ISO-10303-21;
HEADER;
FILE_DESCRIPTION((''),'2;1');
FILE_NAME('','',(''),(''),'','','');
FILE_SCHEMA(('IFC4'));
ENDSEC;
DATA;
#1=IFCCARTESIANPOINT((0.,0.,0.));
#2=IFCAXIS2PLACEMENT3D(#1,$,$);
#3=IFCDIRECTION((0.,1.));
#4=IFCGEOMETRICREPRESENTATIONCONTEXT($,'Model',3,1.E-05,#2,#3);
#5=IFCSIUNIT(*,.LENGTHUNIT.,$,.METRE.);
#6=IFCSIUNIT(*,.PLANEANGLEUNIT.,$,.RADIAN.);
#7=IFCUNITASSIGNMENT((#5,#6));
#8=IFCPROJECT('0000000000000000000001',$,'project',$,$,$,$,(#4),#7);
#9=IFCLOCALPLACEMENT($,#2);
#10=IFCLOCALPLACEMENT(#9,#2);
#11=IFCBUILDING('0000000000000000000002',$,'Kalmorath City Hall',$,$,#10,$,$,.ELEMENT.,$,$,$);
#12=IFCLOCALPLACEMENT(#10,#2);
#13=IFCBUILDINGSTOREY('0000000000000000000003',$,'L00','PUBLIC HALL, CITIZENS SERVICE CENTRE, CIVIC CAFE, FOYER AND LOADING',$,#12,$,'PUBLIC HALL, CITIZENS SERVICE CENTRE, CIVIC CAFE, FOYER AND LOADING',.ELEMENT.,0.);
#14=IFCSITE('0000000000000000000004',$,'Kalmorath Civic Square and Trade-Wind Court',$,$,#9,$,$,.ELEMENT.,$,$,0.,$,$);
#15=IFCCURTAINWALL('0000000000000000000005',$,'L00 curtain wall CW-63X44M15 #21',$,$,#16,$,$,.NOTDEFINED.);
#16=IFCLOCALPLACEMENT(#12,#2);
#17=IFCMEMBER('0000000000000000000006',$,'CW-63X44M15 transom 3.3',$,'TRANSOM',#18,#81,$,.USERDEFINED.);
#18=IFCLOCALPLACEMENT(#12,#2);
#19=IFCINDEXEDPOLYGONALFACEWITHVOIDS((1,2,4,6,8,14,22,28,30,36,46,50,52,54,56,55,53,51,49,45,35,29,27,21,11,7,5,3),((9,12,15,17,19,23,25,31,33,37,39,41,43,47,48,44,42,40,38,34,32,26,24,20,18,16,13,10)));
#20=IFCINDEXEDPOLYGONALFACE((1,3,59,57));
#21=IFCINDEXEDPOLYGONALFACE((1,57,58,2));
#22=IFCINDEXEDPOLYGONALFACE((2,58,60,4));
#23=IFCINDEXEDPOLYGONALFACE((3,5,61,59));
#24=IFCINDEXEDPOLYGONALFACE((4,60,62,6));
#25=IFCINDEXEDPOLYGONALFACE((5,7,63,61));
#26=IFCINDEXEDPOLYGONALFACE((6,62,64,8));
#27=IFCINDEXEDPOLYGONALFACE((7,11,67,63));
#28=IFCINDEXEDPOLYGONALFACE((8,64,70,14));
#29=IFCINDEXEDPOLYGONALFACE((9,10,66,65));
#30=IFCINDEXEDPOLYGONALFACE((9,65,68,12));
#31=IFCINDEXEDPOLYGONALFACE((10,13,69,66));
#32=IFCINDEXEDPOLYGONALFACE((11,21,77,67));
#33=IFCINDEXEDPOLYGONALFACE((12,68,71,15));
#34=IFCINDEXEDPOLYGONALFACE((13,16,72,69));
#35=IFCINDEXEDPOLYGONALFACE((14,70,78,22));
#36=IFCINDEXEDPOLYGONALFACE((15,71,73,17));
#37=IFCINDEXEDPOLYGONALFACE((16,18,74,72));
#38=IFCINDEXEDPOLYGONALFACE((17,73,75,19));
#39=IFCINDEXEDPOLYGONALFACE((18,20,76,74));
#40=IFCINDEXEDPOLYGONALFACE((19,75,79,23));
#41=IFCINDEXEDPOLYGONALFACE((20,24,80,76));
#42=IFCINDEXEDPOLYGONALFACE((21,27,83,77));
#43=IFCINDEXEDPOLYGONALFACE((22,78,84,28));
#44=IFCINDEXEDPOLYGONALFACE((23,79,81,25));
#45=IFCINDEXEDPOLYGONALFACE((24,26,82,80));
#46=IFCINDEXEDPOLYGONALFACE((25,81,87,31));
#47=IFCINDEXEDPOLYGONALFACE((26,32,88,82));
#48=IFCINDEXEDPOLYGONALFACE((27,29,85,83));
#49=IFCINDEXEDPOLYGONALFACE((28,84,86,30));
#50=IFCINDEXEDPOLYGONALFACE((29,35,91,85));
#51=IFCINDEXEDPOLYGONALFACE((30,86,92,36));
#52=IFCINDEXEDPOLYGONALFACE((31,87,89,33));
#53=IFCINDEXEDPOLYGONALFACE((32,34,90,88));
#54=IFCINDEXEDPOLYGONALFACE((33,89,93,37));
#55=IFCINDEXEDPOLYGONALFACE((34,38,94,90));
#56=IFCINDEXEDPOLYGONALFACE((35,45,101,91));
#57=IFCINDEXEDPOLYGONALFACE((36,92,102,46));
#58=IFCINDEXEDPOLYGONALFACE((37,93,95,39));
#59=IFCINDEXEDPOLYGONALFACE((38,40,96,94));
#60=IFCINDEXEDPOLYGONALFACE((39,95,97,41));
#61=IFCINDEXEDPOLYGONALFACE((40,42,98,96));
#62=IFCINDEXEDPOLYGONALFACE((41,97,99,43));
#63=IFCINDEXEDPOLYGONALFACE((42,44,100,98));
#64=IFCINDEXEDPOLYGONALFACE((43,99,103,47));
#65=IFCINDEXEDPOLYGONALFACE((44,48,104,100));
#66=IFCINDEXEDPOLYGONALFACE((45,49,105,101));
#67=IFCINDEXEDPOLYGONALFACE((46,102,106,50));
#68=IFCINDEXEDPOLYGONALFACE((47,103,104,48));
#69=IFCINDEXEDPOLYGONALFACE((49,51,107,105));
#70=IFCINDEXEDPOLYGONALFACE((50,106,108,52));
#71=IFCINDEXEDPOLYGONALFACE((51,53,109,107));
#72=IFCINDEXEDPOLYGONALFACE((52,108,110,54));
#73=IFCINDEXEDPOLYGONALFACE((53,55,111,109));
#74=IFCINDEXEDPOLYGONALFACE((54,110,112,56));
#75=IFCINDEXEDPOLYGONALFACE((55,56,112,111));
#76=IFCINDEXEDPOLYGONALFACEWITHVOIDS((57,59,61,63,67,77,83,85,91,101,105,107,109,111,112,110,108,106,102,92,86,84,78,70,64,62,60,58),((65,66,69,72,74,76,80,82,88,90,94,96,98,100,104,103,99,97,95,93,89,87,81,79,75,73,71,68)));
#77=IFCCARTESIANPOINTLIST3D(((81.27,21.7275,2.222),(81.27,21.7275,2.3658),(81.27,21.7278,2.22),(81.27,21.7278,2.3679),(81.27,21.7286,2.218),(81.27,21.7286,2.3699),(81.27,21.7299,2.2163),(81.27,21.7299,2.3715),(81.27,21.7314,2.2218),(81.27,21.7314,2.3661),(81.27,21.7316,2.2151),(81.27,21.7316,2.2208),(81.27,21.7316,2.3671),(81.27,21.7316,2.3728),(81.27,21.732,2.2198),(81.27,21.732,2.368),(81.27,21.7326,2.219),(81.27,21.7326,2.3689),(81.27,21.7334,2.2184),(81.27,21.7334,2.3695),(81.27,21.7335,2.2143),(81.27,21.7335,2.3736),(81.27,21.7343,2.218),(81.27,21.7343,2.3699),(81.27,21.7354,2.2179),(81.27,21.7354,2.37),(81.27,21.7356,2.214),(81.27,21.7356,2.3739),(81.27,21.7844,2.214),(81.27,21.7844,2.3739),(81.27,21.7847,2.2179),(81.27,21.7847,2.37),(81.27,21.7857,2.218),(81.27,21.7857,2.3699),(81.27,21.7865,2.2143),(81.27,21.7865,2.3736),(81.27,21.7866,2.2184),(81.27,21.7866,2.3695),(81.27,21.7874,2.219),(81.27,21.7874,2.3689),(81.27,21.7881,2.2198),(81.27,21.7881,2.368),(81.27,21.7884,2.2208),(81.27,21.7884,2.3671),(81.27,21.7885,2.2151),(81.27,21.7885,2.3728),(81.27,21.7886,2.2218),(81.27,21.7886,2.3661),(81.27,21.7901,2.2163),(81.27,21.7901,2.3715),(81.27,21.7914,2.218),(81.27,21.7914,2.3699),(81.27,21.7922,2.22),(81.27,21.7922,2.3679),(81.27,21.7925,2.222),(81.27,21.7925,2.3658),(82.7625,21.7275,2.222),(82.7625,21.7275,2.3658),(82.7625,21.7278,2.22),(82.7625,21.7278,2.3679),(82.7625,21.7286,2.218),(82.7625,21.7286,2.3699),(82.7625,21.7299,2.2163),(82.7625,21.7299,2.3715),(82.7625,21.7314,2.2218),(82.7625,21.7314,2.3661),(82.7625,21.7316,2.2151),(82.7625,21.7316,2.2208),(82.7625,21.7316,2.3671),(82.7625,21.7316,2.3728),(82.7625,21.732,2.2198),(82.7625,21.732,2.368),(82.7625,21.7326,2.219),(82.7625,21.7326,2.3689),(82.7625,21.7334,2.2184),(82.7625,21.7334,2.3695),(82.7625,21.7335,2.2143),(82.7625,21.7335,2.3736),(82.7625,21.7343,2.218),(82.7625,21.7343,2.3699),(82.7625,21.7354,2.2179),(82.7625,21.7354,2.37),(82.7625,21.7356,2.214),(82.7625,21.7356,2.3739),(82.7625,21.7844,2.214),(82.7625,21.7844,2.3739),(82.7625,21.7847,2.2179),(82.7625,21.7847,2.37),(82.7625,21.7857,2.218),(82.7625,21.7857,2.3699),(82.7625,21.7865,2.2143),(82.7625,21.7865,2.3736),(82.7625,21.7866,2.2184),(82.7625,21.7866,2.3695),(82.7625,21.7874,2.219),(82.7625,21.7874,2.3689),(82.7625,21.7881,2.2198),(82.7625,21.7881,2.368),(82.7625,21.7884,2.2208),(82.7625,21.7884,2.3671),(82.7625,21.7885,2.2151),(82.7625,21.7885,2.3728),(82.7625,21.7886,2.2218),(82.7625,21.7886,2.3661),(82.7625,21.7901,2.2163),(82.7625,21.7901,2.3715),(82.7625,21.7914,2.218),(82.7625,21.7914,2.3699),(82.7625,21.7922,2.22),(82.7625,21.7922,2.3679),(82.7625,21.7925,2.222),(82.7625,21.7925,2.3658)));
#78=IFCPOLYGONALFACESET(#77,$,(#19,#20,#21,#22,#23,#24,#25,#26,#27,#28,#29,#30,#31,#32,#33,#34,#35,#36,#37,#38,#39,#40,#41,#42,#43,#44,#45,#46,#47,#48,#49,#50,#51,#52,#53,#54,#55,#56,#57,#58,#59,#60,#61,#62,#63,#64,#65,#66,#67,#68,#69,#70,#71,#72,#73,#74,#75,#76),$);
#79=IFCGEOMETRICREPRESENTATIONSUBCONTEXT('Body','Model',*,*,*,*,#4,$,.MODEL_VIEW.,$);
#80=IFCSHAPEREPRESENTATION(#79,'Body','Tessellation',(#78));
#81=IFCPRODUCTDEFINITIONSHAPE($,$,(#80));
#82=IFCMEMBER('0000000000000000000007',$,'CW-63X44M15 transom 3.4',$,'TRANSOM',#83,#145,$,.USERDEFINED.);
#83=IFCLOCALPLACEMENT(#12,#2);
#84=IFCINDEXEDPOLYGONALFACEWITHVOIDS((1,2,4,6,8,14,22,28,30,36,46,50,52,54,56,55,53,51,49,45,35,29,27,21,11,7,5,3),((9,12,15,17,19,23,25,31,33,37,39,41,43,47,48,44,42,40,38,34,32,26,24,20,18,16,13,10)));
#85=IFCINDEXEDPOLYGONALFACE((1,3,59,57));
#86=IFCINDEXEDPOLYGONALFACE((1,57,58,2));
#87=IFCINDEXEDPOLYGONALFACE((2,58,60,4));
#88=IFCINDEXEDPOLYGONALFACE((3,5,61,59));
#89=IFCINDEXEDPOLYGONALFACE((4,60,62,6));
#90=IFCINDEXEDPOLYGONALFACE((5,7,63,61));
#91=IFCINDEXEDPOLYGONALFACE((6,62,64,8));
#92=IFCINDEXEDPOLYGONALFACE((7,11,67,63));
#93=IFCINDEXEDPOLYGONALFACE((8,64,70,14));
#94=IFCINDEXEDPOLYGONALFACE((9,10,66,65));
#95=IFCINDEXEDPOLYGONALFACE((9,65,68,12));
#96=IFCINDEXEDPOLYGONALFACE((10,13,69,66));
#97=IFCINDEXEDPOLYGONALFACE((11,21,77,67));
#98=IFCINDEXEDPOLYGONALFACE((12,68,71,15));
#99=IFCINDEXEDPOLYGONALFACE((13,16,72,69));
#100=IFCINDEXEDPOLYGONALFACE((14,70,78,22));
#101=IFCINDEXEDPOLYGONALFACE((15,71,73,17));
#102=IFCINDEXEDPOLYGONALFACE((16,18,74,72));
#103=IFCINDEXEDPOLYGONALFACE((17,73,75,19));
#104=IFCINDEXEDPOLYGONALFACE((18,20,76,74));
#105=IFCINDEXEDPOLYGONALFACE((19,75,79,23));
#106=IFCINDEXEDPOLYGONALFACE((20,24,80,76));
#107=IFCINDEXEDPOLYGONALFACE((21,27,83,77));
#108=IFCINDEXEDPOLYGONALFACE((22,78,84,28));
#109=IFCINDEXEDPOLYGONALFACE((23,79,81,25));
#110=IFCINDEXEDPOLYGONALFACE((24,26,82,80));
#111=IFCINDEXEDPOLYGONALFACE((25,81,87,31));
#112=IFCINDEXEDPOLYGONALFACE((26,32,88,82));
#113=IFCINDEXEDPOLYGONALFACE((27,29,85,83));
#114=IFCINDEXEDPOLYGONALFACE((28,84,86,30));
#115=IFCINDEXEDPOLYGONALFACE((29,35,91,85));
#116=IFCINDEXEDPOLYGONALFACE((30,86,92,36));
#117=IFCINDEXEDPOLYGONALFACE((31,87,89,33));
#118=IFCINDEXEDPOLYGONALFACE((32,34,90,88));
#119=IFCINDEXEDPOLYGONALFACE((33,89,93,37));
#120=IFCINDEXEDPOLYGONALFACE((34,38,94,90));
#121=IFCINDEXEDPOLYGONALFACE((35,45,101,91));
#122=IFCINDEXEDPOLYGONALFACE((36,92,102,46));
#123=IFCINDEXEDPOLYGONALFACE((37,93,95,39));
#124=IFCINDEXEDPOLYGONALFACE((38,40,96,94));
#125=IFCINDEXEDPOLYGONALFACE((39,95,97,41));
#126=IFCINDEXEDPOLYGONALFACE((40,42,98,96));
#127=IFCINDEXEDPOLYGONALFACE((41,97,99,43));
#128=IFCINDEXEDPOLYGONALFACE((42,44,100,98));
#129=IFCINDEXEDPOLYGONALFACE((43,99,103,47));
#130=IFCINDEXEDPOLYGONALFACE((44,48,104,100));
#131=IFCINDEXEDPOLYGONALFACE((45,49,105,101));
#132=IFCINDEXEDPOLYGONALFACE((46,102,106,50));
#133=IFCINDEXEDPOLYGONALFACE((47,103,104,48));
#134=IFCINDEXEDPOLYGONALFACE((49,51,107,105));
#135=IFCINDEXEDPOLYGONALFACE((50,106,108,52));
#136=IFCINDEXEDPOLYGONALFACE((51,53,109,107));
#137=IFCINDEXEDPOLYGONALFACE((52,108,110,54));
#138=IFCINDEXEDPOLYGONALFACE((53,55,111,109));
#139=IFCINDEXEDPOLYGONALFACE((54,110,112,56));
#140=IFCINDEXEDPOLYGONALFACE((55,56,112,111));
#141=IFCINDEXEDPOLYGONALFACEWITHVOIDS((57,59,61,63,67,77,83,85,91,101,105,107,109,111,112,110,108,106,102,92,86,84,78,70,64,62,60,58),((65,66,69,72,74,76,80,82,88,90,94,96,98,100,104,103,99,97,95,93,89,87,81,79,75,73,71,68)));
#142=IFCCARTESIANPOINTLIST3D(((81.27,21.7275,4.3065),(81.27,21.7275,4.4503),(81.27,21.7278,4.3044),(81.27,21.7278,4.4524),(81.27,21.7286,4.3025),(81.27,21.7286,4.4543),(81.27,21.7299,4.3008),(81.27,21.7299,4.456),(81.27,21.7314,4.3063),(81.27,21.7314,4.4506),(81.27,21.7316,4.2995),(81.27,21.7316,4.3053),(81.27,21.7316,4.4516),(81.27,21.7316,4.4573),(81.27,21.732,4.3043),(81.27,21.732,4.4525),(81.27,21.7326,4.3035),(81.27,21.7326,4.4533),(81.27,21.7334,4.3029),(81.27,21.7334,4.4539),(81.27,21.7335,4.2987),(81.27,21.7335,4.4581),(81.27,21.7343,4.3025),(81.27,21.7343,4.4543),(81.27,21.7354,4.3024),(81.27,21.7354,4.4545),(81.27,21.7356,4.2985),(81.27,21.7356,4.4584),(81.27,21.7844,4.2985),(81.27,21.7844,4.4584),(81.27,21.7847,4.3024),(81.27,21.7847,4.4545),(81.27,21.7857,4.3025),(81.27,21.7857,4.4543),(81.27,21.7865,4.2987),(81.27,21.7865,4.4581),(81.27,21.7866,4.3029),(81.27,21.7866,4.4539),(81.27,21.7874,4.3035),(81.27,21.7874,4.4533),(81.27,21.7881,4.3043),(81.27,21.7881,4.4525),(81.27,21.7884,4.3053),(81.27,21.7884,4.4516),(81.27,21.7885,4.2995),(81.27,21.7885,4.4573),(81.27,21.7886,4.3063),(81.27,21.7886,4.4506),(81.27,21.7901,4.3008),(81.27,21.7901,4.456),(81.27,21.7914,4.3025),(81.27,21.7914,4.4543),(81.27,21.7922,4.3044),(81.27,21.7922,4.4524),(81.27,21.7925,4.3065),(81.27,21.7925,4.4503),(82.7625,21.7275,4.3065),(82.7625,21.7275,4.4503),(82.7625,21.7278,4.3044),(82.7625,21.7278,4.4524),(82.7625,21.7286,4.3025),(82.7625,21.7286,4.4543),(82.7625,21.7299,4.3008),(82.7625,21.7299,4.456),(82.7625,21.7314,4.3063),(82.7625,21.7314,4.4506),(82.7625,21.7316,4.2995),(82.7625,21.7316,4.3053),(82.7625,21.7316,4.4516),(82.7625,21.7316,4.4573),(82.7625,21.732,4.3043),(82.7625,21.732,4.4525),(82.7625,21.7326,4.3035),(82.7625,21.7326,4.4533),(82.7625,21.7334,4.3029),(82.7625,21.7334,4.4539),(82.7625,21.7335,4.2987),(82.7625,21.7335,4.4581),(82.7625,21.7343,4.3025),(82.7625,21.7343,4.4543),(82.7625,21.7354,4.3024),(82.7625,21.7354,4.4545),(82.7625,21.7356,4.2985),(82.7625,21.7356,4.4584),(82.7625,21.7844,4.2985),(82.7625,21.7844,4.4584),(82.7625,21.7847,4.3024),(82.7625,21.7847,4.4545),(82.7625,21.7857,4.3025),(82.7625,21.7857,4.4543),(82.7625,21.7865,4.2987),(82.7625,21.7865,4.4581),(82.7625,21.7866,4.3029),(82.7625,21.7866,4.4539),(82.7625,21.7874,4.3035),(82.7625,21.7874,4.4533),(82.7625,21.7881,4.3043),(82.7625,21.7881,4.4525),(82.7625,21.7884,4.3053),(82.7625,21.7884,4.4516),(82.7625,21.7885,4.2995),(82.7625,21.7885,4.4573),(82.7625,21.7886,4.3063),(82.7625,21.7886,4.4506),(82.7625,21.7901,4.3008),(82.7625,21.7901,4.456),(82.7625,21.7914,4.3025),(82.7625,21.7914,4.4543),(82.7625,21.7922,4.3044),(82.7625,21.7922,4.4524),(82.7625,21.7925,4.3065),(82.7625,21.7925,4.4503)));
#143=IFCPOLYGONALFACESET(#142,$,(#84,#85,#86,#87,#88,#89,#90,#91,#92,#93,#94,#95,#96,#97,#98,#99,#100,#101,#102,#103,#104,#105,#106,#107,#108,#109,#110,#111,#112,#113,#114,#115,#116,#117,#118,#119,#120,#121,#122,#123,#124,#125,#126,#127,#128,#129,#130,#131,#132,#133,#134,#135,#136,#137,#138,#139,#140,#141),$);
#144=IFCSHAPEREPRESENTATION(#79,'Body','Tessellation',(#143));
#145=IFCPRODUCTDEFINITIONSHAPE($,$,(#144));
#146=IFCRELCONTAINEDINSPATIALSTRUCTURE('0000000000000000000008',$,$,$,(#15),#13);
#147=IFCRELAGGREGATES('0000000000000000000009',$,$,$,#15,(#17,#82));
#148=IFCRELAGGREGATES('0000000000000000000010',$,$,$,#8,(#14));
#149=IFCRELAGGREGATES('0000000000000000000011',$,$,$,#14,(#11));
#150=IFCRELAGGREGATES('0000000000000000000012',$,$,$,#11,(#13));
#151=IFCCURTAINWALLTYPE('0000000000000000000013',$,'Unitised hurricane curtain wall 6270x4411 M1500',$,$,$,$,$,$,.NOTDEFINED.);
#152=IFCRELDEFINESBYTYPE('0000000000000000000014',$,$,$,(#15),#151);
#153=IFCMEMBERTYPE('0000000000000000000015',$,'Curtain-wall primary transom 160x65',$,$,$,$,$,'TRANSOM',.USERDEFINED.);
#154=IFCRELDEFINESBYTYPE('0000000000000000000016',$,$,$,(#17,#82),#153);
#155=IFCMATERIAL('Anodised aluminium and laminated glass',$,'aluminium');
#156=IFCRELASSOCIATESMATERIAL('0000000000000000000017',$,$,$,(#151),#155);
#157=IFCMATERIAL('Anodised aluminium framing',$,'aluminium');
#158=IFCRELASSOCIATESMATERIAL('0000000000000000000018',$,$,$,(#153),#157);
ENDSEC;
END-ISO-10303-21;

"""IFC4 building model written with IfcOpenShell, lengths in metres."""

from ifc_helpers import new_model, si_unit, direction, frame, origin, origin_2d, place, context, subcontext, project, spatial, hollow_rectangle, extrude, material, material_profile, profile_set, type_object, element, aggregate, save


model = new_model("IFC4")

# Units and contexts
model_context = context("Model", 3, precision=1e-05, world=origin(), true_north=direction((0.0, 1.0)))
body_context = subcontext(model_context, "Body", "Model", "MODEL_VIEW")
ifc_project = project(units=[si_unit("LENGTHUNIT", "METRE"), si_unit("PLANEANGLEUNIT", "RADIAN")], contexts=[model_context])

# Site, building, storey
site_placement = place(None, origin())
site = spatial("IfcSite", under=ifc_project, at=site_placement, Name="Kalmorath Civic Square and Trade-Wind Court", CompositionType="ELEMENT", RefElevation=0.0)
building_placement = place(site_placement, origin())
building = spatial("IfcBuilding", under=site, at=building_placement, Name="Kalmorath City Hall", CompositionType="ELEMENT")
storey_placement = place(building_placement, origin())
storey = spatial("IfcBuildingStorey", under=building, at=storey_placement, Name="L00", Description="PUBLIC HALL, CITIZENS SERVICE CENTRE, CIVIC CAFE, FOYER AND LOADING", LongName="PUBLIC HALL, CITIZENS SERVICE CENTRE, CIVIC CAFE, FOYER AND LOADING", CompositionType="ELEMENT", Elevation=0.0)

# Curtain wall
ifc_material_1 = material(Name="Anodised aluminium and laminated glass", Category="aluminium")
curtain_wall_type_1 = type_object("IfcCurtainWallType", Name="Unitised hurricane curtain wall 6270x4411 M1500", PredefinedType="NOTDEFINED", material=ifc_material_1)
curtain_wall_1_placement = place(storey_placement, origin())
curtain_wall_1 = element("IfcCurtainWall", 1, at=curtain_wall_1_placement, inside=storey, type_object=curtain_wall_type_1, Name="L00 curtain wall CW-63X44M15 #21", PredefinedType="NOTDEFINED")

# Members
ifc_material_2 = material(Name="Anodised aluminium framing", Category="aluminium")
ifc_material_profile_1 = material_profile(ifc_material_2, hollow_rectangle(XDim=0.0649, YDim=0.1599, WallThickness=0.0039, InnerFilletRadius=0.0039, OuterFilletRadius=0.0081, at=origin_2d()), Name="ALU-TRN-160X65X4")
ifc_profile_set_1 = profile_set([ifc_material_profile_1], Name="Anodised aluminium framing")
member_type_1 = type_object("IfcMemberType", Name="Curtain-wall primary transom 160x65", ElementType="TRANSOM", PredefinedType="USERDEFINED", material=ifc_profile_set_1)
member_1_placement = place(storey_placement, frame((82.7625, 21.76, 2.2939), z_axis=(-1.0, 0.0, 0.0), x_axis=(0.0, -1.0, 0.0)))
member_1 = element("IfcMember", 2, at=member_1_placement, type_object=member_type_1, Name="CW-63X44M15 transom 3.3", ObjectType="TRANSOM", PredefinedType="USERDEFINED", context=body_context, shape_type="SweptSolid", body=[
    extrude(hollow_rectangle(XDim=0.0649, YDim=0.1599, WallThickness=0.0039, InnerFilletRadius=0.0039, OuterFilletRadius=0.0081, at=origin_2d()), origin(), (0.0, 0.0, 1.0), 1.4924),
])
member_2_placement = place(storey_placement, frame((82.7625, 21.76, 4.3784), z_axis=(-1.0, 0.0, 0.0), x_axis=(0.0, -1.0, 0.0)))
member_2 = element("IfcMember", 3, at=member_2_placement, type_object=member_type_1, Name="CW-63X44M15 transom 3.4", ObjectType="TRANSOM", PredefinedType="USERDEFINED", context=body_context, shape_type="SweptSolid", body=[
    extrude(hollow_rectangle(XDim=0.0649, YDim=0.1599, WallThickness=0.0039, InnerFilletRadius=0.0039, OuterFilletRadius=0.0081, at=origin_2d()), origin(), (0.0, 0.0, 1.0), 1.4924),
])

aggregate(curtain_wall_1, [member_1, member_2])

save(model, "model.ifc")
